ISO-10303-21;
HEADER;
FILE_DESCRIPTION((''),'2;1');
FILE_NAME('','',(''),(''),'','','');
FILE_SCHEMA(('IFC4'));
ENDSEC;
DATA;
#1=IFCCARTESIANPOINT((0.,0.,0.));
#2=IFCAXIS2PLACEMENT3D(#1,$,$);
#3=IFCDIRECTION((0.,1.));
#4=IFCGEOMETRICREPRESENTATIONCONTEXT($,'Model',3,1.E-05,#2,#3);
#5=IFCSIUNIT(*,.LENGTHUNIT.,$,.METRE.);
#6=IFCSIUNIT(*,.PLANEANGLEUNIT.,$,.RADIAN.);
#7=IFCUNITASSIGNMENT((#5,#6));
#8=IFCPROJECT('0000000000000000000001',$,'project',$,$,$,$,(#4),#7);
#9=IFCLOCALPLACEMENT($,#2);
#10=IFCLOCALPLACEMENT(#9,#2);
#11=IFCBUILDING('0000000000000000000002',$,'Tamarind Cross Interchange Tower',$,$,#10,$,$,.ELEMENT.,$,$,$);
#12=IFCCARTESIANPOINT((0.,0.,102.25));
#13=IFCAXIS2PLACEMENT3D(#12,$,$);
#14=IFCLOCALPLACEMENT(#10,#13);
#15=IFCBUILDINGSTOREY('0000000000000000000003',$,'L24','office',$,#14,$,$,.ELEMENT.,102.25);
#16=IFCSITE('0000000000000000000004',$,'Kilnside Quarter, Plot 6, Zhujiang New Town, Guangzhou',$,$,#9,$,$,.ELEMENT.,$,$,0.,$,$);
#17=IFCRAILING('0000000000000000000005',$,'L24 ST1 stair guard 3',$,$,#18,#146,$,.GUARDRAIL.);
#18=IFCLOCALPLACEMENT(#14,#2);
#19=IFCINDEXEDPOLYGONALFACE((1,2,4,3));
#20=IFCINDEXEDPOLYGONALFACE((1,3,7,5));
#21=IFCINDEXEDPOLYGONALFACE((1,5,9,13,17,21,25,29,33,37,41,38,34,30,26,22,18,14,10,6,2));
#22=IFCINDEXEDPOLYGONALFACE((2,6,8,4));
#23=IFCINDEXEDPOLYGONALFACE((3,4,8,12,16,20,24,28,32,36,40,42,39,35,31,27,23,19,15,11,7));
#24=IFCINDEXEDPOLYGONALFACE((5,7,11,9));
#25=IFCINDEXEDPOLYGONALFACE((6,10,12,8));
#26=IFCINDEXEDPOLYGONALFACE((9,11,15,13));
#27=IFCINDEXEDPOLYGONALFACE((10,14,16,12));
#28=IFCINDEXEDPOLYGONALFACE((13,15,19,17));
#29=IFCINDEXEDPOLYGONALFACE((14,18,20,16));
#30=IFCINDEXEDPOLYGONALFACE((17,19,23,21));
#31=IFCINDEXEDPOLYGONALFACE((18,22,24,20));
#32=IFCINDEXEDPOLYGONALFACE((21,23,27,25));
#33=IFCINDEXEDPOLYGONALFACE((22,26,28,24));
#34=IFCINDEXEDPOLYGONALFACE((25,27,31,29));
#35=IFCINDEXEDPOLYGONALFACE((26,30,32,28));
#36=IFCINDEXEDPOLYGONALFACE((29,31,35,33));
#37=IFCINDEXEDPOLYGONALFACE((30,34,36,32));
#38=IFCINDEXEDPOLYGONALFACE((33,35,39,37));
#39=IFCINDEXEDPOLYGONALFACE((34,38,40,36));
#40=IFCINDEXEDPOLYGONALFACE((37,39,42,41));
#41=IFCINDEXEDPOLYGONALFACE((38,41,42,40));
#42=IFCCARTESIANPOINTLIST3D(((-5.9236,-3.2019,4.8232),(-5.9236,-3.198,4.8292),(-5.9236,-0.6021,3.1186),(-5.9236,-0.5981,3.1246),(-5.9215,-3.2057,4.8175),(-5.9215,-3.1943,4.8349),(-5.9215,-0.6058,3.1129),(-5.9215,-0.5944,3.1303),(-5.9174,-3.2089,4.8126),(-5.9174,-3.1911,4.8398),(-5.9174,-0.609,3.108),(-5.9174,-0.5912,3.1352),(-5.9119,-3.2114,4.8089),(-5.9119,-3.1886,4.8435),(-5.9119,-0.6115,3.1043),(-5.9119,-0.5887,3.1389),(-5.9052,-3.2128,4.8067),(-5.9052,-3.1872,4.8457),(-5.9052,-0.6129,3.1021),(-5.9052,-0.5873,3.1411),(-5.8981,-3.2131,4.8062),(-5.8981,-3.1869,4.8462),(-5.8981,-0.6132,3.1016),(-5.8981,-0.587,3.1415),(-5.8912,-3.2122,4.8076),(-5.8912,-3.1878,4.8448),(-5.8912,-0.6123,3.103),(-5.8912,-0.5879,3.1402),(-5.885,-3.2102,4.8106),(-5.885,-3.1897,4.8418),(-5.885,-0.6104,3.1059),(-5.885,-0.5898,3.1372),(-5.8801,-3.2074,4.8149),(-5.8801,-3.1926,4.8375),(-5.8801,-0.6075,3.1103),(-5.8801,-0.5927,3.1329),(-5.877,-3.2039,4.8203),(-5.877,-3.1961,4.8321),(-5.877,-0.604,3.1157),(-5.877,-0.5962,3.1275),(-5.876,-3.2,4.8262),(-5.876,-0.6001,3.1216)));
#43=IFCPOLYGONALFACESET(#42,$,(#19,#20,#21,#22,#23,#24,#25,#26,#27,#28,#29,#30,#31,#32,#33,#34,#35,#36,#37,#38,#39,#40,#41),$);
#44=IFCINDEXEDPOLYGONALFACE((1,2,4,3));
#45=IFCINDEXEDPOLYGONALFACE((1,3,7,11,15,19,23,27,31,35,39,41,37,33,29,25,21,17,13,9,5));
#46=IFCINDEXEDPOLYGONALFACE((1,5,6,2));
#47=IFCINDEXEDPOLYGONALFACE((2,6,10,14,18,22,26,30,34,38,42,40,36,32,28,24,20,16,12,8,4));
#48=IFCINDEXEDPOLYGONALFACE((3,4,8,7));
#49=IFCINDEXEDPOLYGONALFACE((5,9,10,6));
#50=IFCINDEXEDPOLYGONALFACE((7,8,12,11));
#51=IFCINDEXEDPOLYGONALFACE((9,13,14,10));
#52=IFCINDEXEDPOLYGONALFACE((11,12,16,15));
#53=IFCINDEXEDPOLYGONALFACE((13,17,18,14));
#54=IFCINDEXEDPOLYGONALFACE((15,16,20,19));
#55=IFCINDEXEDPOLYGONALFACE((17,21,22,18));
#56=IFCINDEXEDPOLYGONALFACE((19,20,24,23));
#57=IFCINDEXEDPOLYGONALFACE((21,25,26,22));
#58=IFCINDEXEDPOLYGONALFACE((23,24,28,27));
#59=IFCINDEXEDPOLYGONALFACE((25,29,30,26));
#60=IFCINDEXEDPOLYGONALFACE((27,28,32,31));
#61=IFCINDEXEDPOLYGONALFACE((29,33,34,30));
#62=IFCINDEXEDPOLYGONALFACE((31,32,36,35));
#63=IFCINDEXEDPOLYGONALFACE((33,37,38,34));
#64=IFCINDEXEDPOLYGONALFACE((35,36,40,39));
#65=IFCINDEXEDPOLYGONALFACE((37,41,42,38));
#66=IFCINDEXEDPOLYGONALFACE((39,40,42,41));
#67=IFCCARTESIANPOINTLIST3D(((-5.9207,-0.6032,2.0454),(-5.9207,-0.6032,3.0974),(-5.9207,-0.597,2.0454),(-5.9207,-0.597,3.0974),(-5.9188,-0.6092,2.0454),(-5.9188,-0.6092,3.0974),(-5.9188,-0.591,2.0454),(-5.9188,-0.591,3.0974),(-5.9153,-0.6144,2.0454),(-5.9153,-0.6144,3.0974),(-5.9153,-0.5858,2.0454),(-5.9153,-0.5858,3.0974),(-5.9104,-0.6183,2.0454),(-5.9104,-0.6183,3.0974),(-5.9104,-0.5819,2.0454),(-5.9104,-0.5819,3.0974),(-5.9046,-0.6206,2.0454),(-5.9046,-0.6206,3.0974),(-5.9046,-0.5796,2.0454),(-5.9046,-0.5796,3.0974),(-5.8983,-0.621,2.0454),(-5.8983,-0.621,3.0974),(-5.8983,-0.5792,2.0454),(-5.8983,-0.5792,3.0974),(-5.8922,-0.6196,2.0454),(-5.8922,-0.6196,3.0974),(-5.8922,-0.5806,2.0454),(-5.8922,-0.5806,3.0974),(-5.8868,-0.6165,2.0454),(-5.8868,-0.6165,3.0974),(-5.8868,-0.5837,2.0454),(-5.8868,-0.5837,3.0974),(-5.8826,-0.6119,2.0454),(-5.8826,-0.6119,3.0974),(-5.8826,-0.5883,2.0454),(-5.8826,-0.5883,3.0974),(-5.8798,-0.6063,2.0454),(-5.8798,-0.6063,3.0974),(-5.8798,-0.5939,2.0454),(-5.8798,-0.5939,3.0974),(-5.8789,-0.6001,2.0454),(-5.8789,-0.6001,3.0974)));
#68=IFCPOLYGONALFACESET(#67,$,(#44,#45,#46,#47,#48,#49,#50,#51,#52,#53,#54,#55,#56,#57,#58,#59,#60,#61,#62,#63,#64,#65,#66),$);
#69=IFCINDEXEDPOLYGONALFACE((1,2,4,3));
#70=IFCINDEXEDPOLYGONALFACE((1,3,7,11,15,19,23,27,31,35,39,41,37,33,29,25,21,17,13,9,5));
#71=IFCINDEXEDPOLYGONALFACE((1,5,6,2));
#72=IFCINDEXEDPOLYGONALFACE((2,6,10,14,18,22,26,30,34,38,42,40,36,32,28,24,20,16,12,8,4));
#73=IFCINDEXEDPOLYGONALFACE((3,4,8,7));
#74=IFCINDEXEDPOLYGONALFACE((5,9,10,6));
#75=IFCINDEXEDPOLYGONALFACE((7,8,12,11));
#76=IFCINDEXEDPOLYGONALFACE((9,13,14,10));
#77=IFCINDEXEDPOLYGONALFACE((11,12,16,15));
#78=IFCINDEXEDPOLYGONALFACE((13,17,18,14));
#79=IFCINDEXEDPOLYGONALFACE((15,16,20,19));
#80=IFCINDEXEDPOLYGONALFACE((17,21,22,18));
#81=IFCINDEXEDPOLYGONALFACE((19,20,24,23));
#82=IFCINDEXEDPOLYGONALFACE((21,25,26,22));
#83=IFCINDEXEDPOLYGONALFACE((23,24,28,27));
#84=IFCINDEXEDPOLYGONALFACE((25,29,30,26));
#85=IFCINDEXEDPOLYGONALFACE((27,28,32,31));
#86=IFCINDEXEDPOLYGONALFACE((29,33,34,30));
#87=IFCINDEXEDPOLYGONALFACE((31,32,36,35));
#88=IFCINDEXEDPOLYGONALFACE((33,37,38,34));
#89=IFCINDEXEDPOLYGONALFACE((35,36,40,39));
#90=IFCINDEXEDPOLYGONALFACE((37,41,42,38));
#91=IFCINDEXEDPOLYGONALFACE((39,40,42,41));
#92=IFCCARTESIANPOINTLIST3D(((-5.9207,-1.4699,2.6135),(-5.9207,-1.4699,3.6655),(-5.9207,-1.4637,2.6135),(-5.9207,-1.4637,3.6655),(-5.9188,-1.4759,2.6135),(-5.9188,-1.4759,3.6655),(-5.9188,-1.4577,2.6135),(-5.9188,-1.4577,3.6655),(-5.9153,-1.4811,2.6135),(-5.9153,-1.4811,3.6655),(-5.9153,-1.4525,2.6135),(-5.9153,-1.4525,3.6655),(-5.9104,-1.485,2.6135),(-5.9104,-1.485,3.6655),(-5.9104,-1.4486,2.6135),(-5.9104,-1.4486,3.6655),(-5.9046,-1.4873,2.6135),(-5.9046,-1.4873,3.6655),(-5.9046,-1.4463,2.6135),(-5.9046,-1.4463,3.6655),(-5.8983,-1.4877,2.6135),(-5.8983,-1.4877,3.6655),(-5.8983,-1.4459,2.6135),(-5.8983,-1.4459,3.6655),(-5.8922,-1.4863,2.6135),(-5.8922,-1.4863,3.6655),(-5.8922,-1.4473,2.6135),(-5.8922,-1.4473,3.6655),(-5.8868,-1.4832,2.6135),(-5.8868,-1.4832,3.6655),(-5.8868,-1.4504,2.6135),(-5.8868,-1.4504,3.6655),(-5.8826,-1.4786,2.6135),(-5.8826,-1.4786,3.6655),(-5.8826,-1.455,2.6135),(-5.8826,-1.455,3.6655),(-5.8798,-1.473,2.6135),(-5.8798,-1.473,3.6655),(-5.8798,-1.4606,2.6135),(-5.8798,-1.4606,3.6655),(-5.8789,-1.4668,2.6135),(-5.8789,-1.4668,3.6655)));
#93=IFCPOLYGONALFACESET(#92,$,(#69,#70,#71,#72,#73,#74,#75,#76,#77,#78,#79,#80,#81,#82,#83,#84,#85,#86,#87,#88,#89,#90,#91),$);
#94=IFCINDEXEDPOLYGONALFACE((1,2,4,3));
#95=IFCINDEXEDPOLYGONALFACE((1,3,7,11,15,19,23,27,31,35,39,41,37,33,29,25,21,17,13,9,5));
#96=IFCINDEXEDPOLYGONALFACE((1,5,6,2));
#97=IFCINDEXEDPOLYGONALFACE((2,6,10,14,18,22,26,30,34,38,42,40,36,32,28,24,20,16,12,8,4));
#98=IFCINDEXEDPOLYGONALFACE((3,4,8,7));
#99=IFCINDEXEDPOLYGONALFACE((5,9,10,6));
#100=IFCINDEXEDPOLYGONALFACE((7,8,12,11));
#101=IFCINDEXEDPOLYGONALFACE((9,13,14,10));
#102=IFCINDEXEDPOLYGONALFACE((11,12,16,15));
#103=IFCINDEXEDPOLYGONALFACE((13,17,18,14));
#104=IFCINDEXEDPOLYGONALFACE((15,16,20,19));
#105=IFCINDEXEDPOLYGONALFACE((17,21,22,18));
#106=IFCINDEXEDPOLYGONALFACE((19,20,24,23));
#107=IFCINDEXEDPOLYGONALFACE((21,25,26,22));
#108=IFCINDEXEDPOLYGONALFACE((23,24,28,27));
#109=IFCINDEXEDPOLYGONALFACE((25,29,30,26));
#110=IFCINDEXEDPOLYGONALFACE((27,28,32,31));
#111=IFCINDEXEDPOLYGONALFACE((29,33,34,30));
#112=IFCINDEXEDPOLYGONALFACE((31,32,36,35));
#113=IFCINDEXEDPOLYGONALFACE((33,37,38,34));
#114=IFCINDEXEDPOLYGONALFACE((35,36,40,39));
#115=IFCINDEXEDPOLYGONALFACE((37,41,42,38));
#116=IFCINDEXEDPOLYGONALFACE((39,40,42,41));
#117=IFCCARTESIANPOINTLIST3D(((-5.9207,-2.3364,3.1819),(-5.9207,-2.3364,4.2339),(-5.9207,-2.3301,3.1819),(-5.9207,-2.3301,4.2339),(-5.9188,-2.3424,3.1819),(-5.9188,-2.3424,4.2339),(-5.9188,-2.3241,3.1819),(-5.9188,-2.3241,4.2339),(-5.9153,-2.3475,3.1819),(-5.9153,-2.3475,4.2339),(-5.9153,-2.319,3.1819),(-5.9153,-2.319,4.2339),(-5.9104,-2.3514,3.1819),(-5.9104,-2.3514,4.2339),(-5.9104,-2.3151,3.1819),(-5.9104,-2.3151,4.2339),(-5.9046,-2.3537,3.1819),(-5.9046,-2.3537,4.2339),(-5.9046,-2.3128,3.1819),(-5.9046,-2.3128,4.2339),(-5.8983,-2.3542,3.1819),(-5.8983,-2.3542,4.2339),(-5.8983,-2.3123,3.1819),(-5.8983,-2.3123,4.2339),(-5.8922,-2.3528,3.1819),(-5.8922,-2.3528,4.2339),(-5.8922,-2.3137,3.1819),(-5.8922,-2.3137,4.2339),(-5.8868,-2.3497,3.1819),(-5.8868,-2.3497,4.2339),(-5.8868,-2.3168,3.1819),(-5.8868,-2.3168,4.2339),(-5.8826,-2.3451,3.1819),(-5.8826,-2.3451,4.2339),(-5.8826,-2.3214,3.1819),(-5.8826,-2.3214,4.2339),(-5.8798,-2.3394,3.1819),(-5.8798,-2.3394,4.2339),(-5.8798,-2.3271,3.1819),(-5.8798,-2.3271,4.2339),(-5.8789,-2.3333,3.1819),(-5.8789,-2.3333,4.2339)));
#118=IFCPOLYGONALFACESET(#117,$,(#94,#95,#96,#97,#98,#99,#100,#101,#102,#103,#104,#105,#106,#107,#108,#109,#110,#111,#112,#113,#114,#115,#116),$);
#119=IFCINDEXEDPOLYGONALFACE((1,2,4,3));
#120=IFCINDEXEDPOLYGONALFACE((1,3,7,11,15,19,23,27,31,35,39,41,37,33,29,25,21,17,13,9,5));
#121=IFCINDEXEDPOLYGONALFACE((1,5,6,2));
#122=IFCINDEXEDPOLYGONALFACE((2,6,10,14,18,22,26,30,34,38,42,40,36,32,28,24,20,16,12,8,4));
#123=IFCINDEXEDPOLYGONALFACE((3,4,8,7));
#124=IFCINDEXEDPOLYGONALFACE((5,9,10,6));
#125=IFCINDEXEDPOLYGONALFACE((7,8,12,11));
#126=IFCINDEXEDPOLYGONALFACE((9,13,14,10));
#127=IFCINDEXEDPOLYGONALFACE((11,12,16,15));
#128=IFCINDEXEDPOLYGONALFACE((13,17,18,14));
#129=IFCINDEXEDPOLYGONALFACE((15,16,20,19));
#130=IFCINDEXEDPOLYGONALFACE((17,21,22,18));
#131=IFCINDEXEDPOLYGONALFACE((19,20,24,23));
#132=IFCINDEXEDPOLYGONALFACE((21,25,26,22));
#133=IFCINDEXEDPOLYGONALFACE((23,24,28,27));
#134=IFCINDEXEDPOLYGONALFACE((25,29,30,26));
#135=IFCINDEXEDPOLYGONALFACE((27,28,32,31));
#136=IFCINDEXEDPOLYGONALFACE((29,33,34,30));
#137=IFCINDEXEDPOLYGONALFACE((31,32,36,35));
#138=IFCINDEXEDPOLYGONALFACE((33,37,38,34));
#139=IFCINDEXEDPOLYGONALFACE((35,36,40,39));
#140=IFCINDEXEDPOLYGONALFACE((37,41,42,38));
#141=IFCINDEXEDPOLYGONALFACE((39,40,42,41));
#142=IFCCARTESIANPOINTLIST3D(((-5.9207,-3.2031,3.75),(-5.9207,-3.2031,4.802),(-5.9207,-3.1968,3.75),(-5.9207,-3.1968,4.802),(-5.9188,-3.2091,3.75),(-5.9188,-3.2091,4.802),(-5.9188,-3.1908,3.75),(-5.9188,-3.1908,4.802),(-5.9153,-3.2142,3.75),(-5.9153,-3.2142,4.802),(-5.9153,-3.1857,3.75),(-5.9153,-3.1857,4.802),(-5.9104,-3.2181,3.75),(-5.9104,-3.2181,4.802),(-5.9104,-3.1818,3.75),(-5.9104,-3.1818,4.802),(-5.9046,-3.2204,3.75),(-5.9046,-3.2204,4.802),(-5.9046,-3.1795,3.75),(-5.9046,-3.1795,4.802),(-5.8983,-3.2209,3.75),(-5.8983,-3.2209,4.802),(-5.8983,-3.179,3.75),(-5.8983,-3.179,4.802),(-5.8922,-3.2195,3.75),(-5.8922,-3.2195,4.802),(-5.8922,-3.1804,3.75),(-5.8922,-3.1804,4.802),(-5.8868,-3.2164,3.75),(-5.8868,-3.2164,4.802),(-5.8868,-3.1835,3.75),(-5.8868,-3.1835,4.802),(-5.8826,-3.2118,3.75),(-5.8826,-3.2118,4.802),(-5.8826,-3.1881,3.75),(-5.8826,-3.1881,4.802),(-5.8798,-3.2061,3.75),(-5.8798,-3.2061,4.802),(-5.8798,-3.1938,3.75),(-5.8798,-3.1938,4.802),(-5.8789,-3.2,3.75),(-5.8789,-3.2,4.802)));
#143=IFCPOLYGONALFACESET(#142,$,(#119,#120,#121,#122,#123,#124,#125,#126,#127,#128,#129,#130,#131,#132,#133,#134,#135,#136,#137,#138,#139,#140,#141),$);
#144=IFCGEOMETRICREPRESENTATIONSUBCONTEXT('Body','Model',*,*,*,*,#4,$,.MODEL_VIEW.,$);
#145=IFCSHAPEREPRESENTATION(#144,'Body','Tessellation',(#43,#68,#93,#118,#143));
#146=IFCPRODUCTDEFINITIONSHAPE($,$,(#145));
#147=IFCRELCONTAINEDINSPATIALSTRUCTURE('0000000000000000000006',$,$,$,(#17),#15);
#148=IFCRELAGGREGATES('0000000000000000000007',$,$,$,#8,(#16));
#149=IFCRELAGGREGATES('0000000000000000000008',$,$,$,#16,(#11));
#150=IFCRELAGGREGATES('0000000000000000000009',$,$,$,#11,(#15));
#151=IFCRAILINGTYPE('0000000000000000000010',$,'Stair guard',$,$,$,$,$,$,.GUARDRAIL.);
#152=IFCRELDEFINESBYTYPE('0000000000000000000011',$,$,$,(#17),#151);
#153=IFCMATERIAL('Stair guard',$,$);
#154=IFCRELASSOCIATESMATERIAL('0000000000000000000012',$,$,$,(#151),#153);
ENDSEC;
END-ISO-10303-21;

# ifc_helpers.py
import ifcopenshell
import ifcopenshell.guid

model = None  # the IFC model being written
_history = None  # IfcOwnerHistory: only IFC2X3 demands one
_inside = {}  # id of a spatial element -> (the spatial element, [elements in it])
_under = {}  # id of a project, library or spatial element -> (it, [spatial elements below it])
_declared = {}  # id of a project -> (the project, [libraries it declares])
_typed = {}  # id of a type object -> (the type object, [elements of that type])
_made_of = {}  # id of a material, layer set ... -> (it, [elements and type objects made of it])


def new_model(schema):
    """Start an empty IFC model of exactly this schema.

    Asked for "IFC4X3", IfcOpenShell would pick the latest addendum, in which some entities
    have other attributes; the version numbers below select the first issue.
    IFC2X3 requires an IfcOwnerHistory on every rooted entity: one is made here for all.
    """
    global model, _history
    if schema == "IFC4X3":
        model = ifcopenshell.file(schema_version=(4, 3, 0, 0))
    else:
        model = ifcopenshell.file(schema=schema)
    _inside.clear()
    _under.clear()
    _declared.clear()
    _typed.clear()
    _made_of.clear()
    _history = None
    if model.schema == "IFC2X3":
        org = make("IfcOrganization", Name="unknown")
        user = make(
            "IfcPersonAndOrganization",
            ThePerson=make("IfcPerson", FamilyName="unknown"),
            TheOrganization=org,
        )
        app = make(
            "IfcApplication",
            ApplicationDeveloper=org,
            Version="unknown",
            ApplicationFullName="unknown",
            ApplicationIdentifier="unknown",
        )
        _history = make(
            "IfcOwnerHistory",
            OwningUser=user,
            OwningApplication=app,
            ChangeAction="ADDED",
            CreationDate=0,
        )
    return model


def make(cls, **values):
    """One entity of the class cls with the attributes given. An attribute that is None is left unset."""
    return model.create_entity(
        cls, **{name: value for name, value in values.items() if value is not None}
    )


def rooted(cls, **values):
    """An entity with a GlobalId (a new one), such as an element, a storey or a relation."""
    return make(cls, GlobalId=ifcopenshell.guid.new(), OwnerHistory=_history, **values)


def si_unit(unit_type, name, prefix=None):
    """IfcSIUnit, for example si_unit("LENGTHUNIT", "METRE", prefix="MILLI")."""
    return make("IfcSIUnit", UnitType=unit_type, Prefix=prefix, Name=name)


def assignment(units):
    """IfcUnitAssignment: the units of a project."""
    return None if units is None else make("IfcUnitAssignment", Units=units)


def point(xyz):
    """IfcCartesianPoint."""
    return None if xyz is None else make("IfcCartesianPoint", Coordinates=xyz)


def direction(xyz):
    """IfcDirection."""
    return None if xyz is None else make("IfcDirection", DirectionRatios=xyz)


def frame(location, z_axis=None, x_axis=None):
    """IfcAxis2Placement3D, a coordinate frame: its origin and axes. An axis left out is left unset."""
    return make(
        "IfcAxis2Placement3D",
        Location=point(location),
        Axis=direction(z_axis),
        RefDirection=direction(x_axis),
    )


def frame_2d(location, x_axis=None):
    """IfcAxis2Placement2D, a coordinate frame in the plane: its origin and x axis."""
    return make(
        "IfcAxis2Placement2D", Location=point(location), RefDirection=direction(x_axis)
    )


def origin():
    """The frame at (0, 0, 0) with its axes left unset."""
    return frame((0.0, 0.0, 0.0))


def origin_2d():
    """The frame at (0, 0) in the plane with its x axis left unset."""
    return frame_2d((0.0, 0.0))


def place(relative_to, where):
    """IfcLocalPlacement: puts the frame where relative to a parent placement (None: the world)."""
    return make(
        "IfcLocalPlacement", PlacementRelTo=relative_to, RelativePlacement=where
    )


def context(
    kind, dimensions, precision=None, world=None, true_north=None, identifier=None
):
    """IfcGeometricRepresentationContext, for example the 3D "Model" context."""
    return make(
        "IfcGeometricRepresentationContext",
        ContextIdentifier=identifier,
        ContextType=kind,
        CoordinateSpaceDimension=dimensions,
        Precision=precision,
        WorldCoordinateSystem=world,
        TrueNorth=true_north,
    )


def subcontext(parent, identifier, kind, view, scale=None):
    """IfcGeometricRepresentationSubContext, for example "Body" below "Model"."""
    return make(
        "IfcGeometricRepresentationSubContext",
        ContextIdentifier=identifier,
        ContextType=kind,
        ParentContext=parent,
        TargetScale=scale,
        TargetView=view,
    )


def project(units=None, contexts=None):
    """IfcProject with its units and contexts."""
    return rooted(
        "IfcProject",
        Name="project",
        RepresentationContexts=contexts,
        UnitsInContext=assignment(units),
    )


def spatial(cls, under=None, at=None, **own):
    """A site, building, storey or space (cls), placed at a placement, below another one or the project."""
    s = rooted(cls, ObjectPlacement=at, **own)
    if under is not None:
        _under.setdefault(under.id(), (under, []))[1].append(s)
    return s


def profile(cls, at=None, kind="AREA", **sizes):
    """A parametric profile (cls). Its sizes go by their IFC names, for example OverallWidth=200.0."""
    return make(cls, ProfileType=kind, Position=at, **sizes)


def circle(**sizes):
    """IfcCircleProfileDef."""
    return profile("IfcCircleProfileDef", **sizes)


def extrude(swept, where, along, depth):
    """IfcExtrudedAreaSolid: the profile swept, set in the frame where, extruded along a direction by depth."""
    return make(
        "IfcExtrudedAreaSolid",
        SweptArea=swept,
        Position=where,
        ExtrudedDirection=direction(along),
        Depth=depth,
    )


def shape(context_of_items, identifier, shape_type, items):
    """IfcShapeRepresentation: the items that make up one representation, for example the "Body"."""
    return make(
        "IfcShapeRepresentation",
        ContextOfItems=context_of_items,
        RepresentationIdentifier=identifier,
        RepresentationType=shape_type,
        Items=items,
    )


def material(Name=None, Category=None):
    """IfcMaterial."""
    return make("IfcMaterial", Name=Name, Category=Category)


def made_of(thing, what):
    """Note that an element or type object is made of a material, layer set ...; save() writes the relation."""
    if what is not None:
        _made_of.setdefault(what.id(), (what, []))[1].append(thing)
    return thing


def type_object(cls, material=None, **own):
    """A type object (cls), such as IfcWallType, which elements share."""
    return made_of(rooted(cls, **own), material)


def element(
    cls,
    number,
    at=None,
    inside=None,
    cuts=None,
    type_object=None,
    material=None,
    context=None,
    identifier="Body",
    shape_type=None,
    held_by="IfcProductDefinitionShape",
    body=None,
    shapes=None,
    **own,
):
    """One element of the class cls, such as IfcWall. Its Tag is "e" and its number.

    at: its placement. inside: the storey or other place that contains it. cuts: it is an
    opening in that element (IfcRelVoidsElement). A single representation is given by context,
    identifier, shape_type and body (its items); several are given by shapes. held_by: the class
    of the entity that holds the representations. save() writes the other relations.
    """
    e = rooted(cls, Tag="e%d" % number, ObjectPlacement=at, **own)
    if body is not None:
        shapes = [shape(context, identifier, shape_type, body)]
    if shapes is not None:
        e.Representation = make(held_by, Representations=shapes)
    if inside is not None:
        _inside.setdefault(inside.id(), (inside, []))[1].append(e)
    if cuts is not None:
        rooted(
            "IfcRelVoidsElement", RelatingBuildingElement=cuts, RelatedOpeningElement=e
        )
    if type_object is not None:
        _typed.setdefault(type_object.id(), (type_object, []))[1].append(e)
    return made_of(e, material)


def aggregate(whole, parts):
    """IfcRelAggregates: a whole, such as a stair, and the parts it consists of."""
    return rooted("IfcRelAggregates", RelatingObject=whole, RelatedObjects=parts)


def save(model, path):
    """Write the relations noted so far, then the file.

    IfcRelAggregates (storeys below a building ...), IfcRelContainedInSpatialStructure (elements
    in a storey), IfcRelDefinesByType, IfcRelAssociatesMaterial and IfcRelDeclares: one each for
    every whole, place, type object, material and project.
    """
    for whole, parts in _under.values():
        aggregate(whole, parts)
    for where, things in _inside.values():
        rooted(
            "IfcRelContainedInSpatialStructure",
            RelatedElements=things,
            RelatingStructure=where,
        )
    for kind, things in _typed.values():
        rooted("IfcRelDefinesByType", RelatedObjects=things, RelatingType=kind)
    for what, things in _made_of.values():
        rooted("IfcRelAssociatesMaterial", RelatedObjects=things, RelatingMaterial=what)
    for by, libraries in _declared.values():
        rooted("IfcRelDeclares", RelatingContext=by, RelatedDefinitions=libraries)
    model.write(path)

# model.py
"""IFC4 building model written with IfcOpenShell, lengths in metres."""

from ifc_helpers import new_model, si_unit, direction, frame, origin, origin_2d, place, context, subcontext, project, spatial, circle, extrude, material, type_object, element, save


model = new_model("IFC4")

# Units and contexts
model_context = context("Model", 3, precision=1e-05, world=origin(), true_north=direction((0.0, 1.0)))
body_context = subcontext(model_context, "Body", "Model", "MODEL_VIEW")
ifc_project = project(units=[si_unit("LENGTHUNIT", "METRE"), si_unit("PLANEANGLEUNIT", "RADIAN")], contexts=[model_context])

# Site, building, storey
site_placement = place(None, origin())
site = spatial("IfcSite", under=ifc_project, at=site_placement, Name="Kilnside Quarter, Plot 6, Zhujiang New Town, Guangzhou", CompositionType="ELEMENT", RefElevation=0.0)
building_placement = place(site_placement, origin())
building = spatial("IfcBuilding", under=site, at=building_placement, Name="Tamarind Cross Interchange Tower", CompositionType="ELEMENT")
storey_placement = place(building_placement, frame((0.0, 0.0, 102.25)))
storey = spatial("IfcBuildingStorey", under=building, at=storey_placement, Name="L24", Description="office", CompositionType="ELEMENT", Elevation=102.25)

# Railing
ifc_material_1 = material(Name="Stair guard")
railing_type_1 = type_object("IfcRailingType", Name="Stair guard", PredefinedType="GUARDRAIL", material=ifc_material_1)
railing_1_placement = place(storey_placement, frame((-5.8999, -0.6001, 2.0454)))
element("IfcRailing", 1, at=railing_1_placement, inside=storey, type_object=railing_type_1, Name="L24 ST1 stair guard 3", PredefinedType="GUARDRAIL", context=body_context, shape_type="SweptSolid", body=[
    extrude(circle(Radius=0.0239, at=origin_2d()), frame((0.0, 0.0, 1.0762), z_axis=(0.0, -0.836279, 0.548305), x_axis=(1.0, 0.0, 0.0)), (0.0, 0.0, 1.0), 3.1089),
    extrude(circle(Radius=0.021, at=origin_2d()), origin(), (0.0, 0.0, 1.0), 1.052),
    extrude(circle(Radius=0.021, at=origin_2d()), frame((0.0, -0.8667, 0.5681)), (0.0, 0.0, 1.0), 1.052),
    extrude(circle(Radius=0.021, at=origin_2d()), frame((0.0, -1.7332, 1.1365)), (0.0, 0.0, 1.0), 1.052),
    extrude(circle(Radius=0.021, at=origin_2d()), frame((0.0, -2.5999, 1.7046)), (0.0, 0.0, 1.0), 1.052),
])

save(model, "model.ifc")
